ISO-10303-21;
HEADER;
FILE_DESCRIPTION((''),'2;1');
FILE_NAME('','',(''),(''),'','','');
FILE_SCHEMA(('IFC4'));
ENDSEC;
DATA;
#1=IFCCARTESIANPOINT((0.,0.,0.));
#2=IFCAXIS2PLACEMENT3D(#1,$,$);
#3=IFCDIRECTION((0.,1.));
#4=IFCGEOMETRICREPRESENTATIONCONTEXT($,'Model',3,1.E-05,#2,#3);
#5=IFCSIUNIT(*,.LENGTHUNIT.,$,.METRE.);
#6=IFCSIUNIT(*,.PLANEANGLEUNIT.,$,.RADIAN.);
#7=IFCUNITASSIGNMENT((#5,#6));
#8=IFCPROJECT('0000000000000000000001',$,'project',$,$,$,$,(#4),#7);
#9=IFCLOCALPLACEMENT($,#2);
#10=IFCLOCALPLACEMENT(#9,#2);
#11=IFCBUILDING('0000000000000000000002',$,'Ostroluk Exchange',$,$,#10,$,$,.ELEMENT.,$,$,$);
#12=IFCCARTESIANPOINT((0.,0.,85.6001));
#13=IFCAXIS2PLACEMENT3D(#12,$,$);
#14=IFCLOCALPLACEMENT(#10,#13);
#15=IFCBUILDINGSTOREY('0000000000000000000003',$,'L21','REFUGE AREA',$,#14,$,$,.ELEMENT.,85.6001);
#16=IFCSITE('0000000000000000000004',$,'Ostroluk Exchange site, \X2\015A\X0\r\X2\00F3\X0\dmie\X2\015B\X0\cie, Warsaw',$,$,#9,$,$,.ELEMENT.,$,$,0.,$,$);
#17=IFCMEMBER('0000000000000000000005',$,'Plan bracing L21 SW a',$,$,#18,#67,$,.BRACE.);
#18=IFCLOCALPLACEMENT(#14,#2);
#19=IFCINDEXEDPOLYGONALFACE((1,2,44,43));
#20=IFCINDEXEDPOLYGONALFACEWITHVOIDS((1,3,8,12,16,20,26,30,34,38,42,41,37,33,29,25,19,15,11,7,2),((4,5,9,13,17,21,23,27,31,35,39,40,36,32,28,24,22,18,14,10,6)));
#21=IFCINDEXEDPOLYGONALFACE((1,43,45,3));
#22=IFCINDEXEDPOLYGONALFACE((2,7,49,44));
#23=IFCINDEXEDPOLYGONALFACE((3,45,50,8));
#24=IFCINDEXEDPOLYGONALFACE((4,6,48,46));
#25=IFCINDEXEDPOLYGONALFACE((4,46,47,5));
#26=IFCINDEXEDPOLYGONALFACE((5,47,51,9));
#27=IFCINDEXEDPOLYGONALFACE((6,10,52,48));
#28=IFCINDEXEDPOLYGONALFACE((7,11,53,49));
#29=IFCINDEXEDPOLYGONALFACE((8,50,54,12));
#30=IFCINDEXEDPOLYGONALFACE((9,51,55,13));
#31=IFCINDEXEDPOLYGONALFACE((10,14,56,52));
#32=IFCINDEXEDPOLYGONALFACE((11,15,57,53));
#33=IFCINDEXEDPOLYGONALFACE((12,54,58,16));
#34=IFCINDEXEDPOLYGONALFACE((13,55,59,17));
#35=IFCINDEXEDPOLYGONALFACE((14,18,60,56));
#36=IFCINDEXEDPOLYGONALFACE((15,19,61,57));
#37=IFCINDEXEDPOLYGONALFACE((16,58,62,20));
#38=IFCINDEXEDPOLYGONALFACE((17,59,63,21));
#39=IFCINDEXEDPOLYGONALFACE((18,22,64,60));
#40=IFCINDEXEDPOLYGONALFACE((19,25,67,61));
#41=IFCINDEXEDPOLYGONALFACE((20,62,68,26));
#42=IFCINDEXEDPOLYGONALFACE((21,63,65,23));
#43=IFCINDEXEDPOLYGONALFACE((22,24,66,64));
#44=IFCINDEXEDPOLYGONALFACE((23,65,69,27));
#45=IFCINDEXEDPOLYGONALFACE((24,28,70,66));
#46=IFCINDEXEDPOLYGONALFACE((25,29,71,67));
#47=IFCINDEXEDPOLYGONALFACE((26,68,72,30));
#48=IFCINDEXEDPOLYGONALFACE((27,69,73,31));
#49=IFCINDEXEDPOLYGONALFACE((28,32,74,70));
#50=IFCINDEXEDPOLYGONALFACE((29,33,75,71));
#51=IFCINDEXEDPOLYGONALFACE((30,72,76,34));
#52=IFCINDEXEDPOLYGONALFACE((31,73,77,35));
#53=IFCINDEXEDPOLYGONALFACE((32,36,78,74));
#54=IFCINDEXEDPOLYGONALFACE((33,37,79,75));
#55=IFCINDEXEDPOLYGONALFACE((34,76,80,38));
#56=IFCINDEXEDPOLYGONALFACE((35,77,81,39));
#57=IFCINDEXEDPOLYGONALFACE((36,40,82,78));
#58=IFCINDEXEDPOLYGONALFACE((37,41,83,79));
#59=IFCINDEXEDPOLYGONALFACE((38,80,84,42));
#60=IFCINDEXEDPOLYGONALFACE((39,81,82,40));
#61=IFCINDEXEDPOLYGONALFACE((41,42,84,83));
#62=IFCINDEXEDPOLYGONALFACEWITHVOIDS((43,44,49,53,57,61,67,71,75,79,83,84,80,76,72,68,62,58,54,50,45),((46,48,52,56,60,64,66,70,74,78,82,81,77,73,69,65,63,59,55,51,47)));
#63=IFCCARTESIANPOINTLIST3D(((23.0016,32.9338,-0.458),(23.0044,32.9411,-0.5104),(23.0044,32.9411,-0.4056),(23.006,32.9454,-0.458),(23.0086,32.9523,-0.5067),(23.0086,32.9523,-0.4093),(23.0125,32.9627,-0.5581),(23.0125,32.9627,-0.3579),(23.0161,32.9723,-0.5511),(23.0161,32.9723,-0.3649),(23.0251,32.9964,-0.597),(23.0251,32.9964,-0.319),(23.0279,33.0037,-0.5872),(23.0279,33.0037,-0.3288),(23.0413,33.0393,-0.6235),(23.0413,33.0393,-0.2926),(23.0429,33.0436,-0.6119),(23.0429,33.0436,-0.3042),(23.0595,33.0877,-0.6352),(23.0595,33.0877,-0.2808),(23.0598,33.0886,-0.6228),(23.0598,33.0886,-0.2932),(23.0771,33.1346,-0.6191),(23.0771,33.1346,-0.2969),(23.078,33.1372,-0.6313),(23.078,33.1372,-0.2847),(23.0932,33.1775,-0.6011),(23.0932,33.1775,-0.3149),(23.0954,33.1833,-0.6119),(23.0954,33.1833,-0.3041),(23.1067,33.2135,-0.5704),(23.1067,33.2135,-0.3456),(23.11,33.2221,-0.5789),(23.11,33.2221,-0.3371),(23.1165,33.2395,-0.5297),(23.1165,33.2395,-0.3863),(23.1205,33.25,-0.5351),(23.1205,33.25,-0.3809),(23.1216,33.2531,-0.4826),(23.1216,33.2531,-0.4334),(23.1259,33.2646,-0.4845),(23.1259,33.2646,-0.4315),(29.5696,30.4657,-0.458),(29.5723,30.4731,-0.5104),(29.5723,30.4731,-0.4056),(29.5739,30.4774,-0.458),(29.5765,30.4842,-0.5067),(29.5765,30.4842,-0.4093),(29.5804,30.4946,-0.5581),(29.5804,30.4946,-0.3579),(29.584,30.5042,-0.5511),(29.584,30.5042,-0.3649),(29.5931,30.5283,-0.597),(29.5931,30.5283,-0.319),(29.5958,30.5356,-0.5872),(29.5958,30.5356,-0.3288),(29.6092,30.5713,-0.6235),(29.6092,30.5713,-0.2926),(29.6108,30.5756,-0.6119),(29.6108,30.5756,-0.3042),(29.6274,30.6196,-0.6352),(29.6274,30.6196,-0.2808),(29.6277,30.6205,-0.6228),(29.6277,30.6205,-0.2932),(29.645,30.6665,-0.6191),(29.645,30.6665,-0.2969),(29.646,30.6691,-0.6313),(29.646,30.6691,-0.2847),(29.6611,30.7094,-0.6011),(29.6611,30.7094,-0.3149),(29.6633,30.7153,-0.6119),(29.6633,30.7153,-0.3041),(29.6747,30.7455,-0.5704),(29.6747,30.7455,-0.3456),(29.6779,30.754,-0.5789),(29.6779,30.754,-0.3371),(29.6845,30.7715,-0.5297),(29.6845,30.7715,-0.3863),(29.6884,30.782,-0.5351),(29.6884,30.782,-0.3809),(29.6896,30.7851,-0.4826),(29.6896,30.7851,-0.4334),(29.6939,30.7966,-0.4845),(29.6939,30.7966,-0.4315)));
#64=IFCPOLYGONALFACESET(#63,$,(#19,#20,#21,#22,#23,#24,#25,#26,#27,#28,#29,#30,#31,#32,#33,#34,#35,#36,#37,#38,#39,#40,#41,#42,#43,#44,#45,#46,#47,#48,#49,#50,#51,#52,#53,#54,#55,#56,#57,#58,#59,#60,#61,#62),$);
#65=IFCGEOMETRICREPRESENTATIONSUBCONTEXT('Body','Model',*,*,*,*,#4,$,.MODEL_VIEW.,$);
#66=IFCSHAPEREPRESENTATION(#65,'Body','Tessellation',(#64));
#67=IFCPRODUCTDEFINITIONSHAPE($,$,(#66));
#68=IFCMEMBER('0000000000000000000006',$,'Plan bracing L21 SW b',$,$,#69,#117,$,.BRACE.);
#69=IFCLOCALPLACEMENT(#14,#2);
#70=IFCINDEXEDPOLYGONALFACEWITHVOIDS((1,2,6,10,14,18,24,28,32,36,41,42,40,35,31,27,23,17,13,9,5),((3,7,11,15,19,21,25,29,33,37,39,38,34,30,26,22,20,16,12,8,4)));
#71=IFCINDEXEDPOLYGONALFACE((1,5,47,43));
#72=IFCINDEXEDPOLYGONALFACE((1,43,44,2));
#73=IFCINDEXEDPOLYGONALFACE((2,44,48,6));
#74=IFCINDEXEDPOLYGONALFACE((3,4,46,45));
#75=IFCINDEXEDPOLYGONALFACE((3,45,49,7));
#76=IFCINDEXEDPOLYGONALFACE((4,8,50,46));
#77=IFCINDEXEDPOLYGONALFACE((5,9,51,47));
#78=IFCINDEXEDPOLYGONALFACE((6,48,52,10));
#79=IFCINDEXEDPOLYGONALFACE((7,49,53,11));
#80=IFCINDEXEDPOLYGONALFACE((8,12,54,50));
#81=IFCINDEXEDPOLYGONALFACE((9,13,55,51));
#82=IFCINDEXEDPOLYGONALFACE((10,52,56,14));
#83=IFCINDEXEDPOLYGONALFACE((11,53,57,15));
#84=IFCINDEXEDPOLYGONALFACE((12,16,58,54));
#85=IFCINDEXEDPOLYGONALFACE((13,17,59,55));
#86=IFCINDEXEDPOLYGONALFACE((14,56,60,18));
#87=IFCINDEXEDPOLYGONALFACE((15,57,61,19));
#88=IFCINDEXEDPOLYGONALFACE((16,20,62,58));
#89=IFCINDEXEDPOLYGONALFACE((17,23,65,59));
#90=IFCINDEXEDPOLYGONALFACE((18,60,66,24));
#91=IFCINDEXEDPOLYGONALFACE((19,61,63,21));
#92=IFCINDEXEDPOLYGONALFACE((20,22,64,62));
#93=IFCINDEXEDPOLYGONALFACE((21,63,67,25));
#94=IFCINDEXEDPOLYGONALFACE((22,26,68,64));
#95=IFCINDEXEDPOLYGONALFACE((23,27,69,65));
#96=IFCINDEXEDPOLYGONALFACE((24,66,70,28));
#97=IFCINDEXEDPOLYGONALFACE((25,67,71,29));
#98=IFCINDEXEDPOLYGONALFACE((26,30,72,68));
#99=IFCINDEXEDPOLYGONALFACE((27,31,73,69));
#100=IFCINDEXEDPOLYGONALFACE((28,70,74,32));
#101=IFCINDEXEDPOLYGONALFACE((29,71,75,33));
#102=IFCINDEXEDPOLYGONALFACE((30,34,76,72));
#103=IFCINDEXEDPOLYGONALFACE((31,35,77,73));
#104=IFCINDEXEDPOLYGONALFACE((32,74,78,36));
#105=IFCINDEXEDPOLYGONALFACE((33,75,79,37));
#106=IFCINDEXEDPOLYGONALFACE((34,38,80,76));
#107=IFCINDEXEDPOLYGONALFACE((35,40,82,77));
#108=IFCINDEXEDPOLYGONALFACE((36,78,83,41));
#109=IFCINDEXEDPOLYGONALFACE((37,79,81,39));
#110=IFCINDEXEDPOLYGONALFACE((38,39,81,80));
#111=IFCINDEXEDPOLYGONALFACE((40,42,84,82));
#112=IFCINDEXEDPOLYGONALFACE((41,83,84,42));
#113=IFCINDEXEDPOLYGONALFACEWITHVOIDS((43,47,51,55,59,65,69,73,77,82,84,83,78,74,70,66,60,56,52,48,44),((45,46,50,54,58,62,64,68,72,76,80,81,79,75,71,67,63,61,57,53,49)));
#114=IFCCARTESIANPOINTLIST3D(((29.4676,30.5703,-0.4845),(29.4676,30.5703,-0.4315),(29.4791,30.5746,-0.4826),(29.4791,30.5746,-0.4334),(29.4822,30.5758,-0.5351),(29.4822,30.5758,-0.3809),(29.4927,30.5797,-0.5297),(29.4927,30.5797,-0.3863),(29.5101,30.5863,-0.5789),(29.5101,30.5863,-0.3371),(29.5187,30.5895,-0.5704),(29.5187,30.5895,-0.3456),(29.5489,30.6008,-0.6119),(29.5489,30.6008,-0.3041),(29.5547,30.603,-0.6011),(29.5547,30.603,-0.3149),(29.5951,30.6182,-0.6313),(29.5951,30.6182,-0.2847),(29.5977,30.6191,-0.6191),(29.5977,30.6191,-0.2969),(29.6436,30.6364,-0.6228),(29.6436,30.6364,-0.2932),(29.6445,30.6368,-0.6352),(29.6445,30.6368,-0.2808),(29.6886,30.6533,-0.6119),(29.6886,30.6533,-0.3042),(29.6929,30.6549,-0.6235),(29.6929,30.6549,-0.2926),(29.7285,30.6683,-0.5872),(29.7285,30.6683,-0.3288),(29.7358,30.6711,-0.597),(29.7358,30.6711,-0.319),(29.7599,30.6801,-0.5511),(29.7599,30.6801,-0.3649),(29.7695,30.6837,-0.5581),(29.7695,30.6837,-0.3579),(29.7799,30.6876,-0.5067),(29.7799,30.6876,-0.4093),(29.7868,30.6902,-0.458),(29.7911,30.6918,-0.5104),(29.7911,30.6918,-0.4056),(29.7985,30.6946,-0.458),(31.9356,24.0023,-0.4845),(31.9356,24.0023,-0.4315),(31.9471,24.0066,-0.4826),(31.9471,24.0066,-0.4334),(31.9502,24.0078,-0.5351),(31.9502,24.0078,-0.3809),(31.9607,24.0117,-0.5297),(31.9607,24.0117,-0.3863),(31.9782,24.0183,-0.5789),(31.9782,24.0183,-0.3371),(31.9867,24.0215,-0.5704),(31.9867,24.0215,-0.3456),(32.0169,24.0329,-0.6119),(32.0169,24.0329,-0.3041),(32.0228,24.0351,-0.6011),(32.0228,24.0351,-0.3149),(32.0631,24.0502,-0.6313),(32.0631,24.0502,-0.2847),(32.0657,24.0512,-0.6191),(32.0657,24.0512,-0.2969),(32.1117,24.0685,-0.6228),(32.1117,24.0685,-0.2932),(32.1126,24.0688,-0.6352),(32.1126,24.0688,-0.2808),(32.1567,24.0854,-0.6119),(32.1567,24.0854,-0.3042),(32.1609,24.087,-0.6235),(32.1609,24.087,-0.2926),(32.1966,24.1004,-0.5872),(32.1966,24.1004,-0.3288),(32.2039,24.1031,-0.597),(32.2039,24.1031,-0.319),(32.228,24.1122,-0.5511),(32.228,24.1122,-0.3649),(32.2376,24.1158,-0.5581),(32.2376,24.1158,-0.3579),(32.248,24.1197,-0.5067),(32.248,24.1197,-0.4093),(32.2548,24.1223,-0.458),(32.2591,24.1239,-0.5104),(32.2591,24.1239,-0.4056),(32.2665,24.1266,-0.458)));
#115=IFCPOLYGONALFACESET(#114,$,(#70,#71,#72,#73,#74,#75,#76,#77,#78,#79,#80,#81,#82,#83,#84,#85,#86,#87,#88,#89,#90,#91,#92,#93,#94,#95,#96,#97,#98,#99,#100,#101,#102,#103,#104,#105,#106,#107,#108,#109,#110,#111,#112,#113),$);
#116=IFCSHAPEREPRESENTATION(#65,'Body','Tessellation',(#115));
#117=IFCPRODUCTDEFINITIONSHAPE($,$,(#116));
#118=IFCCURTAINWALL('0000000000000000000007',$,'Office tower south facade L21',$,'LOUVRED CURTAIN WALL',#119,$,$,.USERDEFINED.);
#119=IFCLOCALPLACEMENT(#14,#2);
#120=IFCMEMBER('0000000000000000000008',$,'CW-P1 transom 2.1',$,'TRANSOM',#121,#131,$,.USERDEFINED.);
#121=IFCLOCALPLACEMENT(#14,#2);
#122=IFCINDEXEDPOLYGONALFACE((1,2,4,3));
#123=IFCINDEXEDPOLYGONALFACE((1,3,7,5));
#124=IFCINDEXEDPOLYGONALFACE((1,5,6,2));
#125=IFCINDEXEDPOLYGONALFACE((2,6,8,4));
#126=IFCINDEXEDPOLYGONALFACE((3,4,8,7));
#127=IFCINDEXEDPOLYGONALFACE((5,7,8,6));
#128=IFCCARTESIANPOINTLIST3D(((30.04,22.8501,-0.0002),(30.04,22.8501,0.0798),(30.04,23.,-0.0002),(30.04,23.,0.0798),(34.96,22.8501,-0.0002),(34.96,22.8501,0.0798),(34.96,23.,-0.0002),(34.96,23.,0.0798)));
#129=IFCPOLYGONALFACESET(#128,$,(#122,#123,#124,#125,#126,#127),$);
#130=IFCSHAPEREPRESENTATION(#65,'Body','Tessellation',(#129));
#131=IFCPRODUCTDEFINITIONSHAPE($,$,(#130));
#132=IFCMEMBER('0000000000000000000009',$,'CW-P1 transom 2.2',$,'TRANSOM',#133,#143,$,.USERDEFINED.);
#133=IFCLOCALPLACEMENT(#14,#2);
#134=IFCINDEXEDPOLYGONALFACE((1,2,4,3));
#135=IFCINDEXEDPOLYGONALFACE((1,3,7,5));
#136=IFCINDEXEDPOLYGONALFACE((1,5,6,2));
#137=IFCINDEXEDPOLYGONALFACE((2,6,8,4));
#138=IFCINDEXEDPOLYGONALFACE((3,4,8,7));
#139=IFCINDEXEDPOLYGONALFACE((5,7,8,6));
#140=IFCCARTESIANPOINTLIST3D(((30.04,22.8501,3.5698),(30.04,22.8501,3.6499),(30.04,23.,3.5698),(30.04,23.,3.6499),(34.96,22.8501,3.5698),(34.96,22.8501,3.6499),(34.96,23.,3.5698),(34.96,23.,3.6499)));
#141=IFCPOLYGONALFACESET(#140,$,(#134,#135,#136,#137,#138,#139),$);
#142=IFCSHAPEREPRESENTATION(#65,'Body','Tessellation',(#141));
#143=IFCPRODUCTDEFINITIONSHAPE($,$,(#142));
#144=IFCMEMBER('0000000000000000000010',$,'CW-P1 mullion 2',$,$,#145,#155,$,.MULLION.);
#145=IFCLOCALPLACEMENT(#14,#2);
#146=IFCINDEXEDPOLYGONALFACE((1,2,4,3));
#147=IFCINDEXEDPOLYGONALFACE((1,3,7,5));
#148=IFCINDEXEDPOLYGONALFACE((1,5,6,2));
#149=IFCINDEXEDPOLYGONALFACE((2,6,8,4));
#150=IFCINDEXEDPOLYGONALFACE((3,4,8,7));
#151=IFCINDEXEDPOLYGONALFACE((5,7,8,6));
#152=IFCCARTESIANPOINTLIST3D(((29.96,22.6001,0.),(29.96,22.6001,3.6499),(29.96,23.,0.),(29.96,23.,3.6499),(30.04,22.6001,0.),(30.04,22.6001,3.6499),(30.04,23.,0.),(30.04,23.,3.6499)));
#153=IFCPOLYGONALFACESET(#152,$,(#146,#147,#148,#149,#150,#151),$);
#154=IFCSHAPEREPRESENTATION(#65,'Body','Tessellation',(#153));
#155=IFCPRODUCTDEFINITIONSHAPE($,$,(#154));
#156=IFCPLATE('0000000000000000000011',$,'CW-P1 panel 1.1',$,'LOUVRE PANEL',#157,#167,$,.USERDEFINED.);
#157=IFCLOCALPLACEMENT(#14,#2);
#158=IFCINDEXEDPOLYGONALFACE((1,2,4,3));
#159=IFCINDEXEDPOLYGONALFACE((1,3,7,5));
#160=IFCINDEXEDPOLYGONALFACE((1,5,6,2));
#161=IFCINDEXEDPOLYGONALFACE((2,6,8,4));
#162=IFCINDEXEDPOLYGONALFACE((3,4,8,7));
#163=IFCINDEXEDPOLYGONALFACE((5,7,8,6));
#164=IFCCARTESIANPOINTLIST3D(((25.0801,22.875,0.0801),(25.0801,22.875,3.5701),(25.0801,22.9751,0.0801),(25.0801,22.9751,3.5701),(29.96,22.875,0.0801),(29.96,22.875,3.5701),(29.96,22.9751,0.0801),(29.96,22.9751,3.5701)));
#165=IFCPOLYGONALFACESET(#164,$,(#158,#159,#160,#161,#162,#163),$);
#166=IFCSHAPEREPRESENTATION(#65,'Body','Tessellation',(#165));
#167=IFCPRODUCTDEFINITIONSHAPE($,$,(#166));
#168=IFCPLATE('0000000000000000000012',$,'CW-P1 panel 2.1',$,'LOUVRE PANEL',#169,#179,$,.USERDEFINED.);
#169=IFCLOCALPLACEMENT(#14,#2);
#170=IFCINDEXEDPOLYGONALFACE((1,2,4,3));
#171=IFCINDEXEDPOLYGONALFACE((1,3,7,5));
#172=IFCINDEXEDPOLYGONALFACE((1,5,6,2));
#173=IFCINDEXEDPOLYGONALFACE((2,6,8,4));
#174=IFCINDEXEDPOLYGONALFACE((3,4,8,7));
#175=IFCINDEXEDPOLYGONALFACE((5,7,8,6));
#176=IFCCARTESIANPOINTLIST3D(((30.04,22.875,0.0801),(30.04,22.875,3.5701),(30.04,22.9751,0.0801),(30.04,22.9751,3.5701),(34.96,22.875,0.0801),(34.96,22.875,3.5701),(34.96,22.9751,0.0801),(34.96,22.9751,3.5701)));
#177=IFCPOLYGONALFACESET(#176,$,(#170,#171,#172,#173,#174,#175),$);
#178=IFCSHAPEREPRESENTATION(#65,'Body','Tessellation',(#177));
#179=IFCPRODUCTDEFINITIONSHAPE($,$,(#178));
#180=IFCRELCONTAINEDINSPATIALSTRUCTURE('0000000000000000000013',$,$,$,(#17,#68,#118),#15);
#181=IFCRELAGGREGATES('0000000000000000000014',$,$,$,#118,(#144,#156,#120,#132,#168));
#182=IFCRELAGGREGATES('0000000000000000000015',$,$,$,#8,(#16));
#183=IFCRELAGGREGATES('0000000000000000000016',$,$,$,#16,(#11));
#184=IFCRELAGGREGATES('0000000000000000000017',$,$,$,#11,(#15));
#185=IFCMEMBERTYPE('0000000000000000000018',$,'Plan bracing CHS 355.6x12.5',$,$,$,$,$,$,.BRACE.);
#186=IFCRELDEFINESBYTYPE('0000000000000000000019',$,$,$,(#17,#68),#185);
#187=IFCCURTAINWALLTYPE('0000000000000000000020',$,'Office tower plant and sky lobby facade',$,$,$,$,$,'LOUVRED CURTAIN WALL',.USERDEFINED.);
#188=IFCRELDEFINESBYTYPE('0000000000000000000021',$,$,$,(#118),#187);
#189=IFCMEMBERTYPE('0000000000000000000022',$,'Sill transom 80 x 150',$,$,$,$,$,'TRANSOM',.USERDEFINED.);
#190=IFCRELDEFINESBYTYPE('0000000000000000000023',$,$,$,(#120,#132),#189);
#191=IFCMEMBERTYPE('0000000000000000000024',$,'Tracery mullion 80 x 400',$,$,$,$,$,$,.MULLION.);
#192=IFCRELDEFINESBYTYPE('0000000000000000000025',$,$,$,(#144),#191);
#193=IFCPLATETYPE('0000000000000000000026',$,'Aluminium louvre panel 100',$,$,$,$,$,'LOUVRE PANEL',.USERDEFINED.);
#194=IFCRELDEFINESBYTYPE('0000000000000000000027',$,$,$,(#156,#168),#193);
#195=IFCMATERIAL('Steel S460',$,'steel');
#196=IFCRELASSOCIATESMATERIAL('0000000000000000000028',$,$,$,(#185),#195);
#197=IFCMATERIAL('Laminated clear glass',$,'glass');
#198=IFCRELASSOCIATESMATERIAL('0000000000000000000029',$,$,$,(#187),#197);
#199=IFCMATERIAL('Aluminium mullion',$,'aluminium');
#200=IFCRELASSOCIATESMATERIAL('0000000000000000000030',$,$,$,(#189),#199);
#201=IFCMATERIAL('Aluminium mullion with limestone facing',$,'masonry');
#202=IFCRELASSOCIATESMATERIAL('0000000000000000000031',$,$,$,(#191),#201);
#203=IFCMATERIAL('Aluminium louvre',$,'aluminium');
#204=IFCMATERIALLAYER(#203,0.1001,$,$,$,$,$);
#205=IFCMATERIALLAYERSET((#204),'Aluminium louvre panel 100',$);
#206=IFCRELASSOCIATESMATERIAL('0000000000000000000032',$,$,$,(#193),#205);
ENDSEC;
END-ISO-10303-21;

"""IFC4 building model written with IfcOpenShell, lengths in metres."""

from ifc_helpers import new_model, si_unit, direction, frame, origin, origin_2d, place, context, subcontext, project, spatial, rectangle, hollow_circle, extrude, material, layer, layer_set, material_profile, profile_set, type_object, element, aggregate, save


model = new_model("IFC4")

# Units and contexts
model_context = context("Model", 3, precision=1e-05, world=origin(), true_north=direction((0.0, 1.0)))
body_context = subcontext(model_context, "Body", "Model", "MODEL_VIEW")
ifc_project = project(units=[si_unit("LENGTHUNIT", "METRE"), si_unit("PLANEANGLEUNIT", "RADIAN")], contexts=[model_context])

# Site, building, storey
site_placement = place(None, origin())
site = spatial("IfcSite", under=ifc_project, at=site_placement, Name="Ostroluk Exchange site, Śródmieście, Warsaw", CompositionType="ELEMENT", RefElevation=0.0)
building_placement = place(site_placement, origin())
building = spatial("IfcBuilding", under=site, at=building_placement, Name="Ostroluk Exchange", CompositionType="ELEMENT")
storey_placement = place(building_placement, frame((0.0, 0.0, 85.6001)))
storey = spatial("IfcBuildingStorey", under=building, at=storey_placement, Name="L21", Description="REFUGE AREA", CompositionType="ELEMENT", Elevation=85.6001)

# Members
ifc_material_1 = material(Name="Steel S460", Category="steel")
ifc_material_profile_1 = material_profile(ifc_material_1, hollow_circle(Radius=0.1777, WallThickness=0.0125, at=origin_2d()), Name="CHS 355.6x12.5")
ifc_profile_set_1 = profile_set([ifc_material_profile_1], Name="Steel S460")
member_type_1 = type_object("IfcMemberType", Name="Plan bracing CHS 355.6x12.5", PredefinedType="BRACE", material=ifc_profile_set_1)
for number, where, z_axis, x_axis, name in (
    (1, (29.6321, 30.6321, -0.458), (-0.936092, 0.351756, 0.0), (-0.351756, -0.936092, 0.0), "Plan bracing L21 SW a"),
    (2, (29.6321, 30.6321, -0.458), (0.351756, -0.936092, 0.0), (0.936092, 0.351756, 0.0), "Plan bracing L21 SW b"),
):
    element("IfcMember", number, at=place(storey_placement, frame(where, z_axis=z_axis, x_axis=x_axis)), inside=storey, type_object=member_type_1, Name=name, PredefinedType="BRACE", context=body_context, shape_type="SweptSolid", body=[
        extrude(hollow_circle(Radius=0.1777, WallThickness=0.0125, at=origin_2d()), origin(), (0.0, 0.0, 1.0), 7.0164),
    ])

# Curtain wall, members, plates
ifc_material_2 = material(Name="Laminated clear glass", Category="glass")
curtain_wall_type = type_object("IfcCurtainWallType", Name="Office tower plant and sky lobby facade", ElementType="LOUVRED CURTAIN WALL", PredefinedType="USERDEFINED", material=ifc_material_2)
curtain_wall_placement = place(storey_placement, origin())
curtain_wall = element("IfcCurtainWall", 3, at=curtain_wall_placement, inside=storey, type_object=curtain_wall_type, Name="Office tower south facade L21", ObjectType="LOUVRED CURTAIN WALL", PredefinedType="USERDEFINED")
ifc_material_3 = material(Name="Aluminium mullion", Category="aluminium")
ifc_material_profile_2 = material_profile(ifc_material_3, rectangle(XDim=0.1499, YDim=0.0801, at=origin_2d()), Name="Sill transom 80 x 150")
ifc_profile_set_2 = profile_set([ifc_material_profile_2], Name="Aluminium mullion")
member_type_2 = type_object("IfcMemberType", Name="Sill transom 80 x 150", ElementType="TRANSOM", PredefinedType="USERDEFINED", material=ifc_profile_set_2)
member_1_placement = place(storey_placement, frame((30.04, 22.925, 0.0398), z_axis=(1.0, 0.0, 0.0), x_axis=(0.0, 1.0, 0.0)))
member_1 = element("IfcMember", 4, at=member_1_placement, type_object=member_type_2, Name="CW-P1 transom 2.1", ObjectType="TRANSOM", PredefinedType="USERDEFINED", context=body_context, shape_type="SweptSolid", body=[
    extrude(rectangle(XDim=0.1499, YDim=0.0801, at=origin_2d()), origin(), (0.0, 0.0, 1.0), 4.9199),
])
member_2_placement = place(storey_placement, frame((30.04, 22.925, 3.6099), z_axis=(1.0, 0.0, 0.0), x_axis=(0.0, 1.0, 0.0)))
member_2 = element("IfcMember", 5, at=member_2_placement, type_object=member_type_2, Name="CW-P1 transom 2.2", ObjectType="TRANSOM", PredefinedType="USERDEFINED", context=body_context, shape_type="SweptSolid", body=[
    extrude(rectangle(XDim=0.1499, YDim=0.0801, at=origin_2d()), origin(), (0.0, 0.0, 1.0), 4.9199),
])
ifc_material_4 = material(Name="Aluminium mullion with limestone facing", Category="masonry")
ifc_material_profile_3 = material_profile(ifc_material_4, rectangle(XDim=0.3999, YDim=0.0801, at=origin_2d()), Name="Tracery mullion 80 x 400")
ifc_profile_set_3 = profile_set([ifc_material_profile_3], Name="Aluminium mullion with limestone facing")
member_type_3 = type_object("IfcMemberType", Name="Tracery mullion 80 x 400", PredefinedType="MULLION", material=ifc_profile_set_3)
member_3_placement = place(storey_placement, frame((30.0, 22.8, 0.0), z_axis=(0.0, 0.0, 1.0), x_axis=(0.0, 1.0, 0.0)))
member_3 = element("IfcMember", 6, at=member_3_placement, type_object=member_type_3, Name="CW-P1 mullion 2", PredefinedType="MULLION", context=body_context, shape_type="SweptSolid", body=[
    extrude(rectangle(XDim=0.3999, YDim=0.0801, at=origin_2d()), origin(), (0.0, 0.0, 1.0), 3.6499),
])
ifc_material_5 = material(Name="Aluminium louvre", Category="aluminium")
ifc_layer_1 = layer(ifc_material_5, 0.1001)
ifc_layer_set_1 = layer_set([ifc_layer_1], Name="Aluminium louvre panel 100")
plate_type = type_object("IfcPlateType", Name="Aluminium louvre panel 100", ElementType="LOUVRE PANEL", PredefinedType="USERDEFINED", material=ifc_layer_set_1)
plate_1_placement = place(storey_placement, frame((27.52, 22.925, 0.0801), z_axis=(0.0, 0.0, 1.0), x_axis=(1.0, 0.0, 0.0)))
plate_1 = element("IfcPlate", 7, at=plate_1_placement, type_object=plate_type, Name="CW-P1 panel 1.1", ObjectType="LOUVRE PANEL", PredefinedType="USERDEFINED", context=body_context, shape_type="SweptSolid", body=[
    extrude(rectangle(XDim=4.8799, YDim=0.1001, at=origin_2d()), origin(), (0.0, 0.0, 1.0), 3.49),
])
plate_2_placement = place(storey_placement, frame((32.5, 22.925, 0.0801), z_axis=(0.0, 0.0, 1.0), x_axis=(1.0, 0.0, 0.0)))
plate_2 = element("IfcPlate", 8, at=plate_2_placement, type_object=plate_type, Name="CW-P1 panel 2.1", ObjectType="LOUVRE PANEL", PredefinedType="USERDEFINED", context=body_context, shape_type="SweptSolid", body=[
    extrude(rectangle(XDim=4.9199, YDim=0.1001, at=origin_2d()), origin(), (0.0, 0.0, 1.0), 3.49),
])
aggregate(curtain_wall, [member_3, plate_1, member_1, member_2, plate_2])

save(model, "model.ifc")
